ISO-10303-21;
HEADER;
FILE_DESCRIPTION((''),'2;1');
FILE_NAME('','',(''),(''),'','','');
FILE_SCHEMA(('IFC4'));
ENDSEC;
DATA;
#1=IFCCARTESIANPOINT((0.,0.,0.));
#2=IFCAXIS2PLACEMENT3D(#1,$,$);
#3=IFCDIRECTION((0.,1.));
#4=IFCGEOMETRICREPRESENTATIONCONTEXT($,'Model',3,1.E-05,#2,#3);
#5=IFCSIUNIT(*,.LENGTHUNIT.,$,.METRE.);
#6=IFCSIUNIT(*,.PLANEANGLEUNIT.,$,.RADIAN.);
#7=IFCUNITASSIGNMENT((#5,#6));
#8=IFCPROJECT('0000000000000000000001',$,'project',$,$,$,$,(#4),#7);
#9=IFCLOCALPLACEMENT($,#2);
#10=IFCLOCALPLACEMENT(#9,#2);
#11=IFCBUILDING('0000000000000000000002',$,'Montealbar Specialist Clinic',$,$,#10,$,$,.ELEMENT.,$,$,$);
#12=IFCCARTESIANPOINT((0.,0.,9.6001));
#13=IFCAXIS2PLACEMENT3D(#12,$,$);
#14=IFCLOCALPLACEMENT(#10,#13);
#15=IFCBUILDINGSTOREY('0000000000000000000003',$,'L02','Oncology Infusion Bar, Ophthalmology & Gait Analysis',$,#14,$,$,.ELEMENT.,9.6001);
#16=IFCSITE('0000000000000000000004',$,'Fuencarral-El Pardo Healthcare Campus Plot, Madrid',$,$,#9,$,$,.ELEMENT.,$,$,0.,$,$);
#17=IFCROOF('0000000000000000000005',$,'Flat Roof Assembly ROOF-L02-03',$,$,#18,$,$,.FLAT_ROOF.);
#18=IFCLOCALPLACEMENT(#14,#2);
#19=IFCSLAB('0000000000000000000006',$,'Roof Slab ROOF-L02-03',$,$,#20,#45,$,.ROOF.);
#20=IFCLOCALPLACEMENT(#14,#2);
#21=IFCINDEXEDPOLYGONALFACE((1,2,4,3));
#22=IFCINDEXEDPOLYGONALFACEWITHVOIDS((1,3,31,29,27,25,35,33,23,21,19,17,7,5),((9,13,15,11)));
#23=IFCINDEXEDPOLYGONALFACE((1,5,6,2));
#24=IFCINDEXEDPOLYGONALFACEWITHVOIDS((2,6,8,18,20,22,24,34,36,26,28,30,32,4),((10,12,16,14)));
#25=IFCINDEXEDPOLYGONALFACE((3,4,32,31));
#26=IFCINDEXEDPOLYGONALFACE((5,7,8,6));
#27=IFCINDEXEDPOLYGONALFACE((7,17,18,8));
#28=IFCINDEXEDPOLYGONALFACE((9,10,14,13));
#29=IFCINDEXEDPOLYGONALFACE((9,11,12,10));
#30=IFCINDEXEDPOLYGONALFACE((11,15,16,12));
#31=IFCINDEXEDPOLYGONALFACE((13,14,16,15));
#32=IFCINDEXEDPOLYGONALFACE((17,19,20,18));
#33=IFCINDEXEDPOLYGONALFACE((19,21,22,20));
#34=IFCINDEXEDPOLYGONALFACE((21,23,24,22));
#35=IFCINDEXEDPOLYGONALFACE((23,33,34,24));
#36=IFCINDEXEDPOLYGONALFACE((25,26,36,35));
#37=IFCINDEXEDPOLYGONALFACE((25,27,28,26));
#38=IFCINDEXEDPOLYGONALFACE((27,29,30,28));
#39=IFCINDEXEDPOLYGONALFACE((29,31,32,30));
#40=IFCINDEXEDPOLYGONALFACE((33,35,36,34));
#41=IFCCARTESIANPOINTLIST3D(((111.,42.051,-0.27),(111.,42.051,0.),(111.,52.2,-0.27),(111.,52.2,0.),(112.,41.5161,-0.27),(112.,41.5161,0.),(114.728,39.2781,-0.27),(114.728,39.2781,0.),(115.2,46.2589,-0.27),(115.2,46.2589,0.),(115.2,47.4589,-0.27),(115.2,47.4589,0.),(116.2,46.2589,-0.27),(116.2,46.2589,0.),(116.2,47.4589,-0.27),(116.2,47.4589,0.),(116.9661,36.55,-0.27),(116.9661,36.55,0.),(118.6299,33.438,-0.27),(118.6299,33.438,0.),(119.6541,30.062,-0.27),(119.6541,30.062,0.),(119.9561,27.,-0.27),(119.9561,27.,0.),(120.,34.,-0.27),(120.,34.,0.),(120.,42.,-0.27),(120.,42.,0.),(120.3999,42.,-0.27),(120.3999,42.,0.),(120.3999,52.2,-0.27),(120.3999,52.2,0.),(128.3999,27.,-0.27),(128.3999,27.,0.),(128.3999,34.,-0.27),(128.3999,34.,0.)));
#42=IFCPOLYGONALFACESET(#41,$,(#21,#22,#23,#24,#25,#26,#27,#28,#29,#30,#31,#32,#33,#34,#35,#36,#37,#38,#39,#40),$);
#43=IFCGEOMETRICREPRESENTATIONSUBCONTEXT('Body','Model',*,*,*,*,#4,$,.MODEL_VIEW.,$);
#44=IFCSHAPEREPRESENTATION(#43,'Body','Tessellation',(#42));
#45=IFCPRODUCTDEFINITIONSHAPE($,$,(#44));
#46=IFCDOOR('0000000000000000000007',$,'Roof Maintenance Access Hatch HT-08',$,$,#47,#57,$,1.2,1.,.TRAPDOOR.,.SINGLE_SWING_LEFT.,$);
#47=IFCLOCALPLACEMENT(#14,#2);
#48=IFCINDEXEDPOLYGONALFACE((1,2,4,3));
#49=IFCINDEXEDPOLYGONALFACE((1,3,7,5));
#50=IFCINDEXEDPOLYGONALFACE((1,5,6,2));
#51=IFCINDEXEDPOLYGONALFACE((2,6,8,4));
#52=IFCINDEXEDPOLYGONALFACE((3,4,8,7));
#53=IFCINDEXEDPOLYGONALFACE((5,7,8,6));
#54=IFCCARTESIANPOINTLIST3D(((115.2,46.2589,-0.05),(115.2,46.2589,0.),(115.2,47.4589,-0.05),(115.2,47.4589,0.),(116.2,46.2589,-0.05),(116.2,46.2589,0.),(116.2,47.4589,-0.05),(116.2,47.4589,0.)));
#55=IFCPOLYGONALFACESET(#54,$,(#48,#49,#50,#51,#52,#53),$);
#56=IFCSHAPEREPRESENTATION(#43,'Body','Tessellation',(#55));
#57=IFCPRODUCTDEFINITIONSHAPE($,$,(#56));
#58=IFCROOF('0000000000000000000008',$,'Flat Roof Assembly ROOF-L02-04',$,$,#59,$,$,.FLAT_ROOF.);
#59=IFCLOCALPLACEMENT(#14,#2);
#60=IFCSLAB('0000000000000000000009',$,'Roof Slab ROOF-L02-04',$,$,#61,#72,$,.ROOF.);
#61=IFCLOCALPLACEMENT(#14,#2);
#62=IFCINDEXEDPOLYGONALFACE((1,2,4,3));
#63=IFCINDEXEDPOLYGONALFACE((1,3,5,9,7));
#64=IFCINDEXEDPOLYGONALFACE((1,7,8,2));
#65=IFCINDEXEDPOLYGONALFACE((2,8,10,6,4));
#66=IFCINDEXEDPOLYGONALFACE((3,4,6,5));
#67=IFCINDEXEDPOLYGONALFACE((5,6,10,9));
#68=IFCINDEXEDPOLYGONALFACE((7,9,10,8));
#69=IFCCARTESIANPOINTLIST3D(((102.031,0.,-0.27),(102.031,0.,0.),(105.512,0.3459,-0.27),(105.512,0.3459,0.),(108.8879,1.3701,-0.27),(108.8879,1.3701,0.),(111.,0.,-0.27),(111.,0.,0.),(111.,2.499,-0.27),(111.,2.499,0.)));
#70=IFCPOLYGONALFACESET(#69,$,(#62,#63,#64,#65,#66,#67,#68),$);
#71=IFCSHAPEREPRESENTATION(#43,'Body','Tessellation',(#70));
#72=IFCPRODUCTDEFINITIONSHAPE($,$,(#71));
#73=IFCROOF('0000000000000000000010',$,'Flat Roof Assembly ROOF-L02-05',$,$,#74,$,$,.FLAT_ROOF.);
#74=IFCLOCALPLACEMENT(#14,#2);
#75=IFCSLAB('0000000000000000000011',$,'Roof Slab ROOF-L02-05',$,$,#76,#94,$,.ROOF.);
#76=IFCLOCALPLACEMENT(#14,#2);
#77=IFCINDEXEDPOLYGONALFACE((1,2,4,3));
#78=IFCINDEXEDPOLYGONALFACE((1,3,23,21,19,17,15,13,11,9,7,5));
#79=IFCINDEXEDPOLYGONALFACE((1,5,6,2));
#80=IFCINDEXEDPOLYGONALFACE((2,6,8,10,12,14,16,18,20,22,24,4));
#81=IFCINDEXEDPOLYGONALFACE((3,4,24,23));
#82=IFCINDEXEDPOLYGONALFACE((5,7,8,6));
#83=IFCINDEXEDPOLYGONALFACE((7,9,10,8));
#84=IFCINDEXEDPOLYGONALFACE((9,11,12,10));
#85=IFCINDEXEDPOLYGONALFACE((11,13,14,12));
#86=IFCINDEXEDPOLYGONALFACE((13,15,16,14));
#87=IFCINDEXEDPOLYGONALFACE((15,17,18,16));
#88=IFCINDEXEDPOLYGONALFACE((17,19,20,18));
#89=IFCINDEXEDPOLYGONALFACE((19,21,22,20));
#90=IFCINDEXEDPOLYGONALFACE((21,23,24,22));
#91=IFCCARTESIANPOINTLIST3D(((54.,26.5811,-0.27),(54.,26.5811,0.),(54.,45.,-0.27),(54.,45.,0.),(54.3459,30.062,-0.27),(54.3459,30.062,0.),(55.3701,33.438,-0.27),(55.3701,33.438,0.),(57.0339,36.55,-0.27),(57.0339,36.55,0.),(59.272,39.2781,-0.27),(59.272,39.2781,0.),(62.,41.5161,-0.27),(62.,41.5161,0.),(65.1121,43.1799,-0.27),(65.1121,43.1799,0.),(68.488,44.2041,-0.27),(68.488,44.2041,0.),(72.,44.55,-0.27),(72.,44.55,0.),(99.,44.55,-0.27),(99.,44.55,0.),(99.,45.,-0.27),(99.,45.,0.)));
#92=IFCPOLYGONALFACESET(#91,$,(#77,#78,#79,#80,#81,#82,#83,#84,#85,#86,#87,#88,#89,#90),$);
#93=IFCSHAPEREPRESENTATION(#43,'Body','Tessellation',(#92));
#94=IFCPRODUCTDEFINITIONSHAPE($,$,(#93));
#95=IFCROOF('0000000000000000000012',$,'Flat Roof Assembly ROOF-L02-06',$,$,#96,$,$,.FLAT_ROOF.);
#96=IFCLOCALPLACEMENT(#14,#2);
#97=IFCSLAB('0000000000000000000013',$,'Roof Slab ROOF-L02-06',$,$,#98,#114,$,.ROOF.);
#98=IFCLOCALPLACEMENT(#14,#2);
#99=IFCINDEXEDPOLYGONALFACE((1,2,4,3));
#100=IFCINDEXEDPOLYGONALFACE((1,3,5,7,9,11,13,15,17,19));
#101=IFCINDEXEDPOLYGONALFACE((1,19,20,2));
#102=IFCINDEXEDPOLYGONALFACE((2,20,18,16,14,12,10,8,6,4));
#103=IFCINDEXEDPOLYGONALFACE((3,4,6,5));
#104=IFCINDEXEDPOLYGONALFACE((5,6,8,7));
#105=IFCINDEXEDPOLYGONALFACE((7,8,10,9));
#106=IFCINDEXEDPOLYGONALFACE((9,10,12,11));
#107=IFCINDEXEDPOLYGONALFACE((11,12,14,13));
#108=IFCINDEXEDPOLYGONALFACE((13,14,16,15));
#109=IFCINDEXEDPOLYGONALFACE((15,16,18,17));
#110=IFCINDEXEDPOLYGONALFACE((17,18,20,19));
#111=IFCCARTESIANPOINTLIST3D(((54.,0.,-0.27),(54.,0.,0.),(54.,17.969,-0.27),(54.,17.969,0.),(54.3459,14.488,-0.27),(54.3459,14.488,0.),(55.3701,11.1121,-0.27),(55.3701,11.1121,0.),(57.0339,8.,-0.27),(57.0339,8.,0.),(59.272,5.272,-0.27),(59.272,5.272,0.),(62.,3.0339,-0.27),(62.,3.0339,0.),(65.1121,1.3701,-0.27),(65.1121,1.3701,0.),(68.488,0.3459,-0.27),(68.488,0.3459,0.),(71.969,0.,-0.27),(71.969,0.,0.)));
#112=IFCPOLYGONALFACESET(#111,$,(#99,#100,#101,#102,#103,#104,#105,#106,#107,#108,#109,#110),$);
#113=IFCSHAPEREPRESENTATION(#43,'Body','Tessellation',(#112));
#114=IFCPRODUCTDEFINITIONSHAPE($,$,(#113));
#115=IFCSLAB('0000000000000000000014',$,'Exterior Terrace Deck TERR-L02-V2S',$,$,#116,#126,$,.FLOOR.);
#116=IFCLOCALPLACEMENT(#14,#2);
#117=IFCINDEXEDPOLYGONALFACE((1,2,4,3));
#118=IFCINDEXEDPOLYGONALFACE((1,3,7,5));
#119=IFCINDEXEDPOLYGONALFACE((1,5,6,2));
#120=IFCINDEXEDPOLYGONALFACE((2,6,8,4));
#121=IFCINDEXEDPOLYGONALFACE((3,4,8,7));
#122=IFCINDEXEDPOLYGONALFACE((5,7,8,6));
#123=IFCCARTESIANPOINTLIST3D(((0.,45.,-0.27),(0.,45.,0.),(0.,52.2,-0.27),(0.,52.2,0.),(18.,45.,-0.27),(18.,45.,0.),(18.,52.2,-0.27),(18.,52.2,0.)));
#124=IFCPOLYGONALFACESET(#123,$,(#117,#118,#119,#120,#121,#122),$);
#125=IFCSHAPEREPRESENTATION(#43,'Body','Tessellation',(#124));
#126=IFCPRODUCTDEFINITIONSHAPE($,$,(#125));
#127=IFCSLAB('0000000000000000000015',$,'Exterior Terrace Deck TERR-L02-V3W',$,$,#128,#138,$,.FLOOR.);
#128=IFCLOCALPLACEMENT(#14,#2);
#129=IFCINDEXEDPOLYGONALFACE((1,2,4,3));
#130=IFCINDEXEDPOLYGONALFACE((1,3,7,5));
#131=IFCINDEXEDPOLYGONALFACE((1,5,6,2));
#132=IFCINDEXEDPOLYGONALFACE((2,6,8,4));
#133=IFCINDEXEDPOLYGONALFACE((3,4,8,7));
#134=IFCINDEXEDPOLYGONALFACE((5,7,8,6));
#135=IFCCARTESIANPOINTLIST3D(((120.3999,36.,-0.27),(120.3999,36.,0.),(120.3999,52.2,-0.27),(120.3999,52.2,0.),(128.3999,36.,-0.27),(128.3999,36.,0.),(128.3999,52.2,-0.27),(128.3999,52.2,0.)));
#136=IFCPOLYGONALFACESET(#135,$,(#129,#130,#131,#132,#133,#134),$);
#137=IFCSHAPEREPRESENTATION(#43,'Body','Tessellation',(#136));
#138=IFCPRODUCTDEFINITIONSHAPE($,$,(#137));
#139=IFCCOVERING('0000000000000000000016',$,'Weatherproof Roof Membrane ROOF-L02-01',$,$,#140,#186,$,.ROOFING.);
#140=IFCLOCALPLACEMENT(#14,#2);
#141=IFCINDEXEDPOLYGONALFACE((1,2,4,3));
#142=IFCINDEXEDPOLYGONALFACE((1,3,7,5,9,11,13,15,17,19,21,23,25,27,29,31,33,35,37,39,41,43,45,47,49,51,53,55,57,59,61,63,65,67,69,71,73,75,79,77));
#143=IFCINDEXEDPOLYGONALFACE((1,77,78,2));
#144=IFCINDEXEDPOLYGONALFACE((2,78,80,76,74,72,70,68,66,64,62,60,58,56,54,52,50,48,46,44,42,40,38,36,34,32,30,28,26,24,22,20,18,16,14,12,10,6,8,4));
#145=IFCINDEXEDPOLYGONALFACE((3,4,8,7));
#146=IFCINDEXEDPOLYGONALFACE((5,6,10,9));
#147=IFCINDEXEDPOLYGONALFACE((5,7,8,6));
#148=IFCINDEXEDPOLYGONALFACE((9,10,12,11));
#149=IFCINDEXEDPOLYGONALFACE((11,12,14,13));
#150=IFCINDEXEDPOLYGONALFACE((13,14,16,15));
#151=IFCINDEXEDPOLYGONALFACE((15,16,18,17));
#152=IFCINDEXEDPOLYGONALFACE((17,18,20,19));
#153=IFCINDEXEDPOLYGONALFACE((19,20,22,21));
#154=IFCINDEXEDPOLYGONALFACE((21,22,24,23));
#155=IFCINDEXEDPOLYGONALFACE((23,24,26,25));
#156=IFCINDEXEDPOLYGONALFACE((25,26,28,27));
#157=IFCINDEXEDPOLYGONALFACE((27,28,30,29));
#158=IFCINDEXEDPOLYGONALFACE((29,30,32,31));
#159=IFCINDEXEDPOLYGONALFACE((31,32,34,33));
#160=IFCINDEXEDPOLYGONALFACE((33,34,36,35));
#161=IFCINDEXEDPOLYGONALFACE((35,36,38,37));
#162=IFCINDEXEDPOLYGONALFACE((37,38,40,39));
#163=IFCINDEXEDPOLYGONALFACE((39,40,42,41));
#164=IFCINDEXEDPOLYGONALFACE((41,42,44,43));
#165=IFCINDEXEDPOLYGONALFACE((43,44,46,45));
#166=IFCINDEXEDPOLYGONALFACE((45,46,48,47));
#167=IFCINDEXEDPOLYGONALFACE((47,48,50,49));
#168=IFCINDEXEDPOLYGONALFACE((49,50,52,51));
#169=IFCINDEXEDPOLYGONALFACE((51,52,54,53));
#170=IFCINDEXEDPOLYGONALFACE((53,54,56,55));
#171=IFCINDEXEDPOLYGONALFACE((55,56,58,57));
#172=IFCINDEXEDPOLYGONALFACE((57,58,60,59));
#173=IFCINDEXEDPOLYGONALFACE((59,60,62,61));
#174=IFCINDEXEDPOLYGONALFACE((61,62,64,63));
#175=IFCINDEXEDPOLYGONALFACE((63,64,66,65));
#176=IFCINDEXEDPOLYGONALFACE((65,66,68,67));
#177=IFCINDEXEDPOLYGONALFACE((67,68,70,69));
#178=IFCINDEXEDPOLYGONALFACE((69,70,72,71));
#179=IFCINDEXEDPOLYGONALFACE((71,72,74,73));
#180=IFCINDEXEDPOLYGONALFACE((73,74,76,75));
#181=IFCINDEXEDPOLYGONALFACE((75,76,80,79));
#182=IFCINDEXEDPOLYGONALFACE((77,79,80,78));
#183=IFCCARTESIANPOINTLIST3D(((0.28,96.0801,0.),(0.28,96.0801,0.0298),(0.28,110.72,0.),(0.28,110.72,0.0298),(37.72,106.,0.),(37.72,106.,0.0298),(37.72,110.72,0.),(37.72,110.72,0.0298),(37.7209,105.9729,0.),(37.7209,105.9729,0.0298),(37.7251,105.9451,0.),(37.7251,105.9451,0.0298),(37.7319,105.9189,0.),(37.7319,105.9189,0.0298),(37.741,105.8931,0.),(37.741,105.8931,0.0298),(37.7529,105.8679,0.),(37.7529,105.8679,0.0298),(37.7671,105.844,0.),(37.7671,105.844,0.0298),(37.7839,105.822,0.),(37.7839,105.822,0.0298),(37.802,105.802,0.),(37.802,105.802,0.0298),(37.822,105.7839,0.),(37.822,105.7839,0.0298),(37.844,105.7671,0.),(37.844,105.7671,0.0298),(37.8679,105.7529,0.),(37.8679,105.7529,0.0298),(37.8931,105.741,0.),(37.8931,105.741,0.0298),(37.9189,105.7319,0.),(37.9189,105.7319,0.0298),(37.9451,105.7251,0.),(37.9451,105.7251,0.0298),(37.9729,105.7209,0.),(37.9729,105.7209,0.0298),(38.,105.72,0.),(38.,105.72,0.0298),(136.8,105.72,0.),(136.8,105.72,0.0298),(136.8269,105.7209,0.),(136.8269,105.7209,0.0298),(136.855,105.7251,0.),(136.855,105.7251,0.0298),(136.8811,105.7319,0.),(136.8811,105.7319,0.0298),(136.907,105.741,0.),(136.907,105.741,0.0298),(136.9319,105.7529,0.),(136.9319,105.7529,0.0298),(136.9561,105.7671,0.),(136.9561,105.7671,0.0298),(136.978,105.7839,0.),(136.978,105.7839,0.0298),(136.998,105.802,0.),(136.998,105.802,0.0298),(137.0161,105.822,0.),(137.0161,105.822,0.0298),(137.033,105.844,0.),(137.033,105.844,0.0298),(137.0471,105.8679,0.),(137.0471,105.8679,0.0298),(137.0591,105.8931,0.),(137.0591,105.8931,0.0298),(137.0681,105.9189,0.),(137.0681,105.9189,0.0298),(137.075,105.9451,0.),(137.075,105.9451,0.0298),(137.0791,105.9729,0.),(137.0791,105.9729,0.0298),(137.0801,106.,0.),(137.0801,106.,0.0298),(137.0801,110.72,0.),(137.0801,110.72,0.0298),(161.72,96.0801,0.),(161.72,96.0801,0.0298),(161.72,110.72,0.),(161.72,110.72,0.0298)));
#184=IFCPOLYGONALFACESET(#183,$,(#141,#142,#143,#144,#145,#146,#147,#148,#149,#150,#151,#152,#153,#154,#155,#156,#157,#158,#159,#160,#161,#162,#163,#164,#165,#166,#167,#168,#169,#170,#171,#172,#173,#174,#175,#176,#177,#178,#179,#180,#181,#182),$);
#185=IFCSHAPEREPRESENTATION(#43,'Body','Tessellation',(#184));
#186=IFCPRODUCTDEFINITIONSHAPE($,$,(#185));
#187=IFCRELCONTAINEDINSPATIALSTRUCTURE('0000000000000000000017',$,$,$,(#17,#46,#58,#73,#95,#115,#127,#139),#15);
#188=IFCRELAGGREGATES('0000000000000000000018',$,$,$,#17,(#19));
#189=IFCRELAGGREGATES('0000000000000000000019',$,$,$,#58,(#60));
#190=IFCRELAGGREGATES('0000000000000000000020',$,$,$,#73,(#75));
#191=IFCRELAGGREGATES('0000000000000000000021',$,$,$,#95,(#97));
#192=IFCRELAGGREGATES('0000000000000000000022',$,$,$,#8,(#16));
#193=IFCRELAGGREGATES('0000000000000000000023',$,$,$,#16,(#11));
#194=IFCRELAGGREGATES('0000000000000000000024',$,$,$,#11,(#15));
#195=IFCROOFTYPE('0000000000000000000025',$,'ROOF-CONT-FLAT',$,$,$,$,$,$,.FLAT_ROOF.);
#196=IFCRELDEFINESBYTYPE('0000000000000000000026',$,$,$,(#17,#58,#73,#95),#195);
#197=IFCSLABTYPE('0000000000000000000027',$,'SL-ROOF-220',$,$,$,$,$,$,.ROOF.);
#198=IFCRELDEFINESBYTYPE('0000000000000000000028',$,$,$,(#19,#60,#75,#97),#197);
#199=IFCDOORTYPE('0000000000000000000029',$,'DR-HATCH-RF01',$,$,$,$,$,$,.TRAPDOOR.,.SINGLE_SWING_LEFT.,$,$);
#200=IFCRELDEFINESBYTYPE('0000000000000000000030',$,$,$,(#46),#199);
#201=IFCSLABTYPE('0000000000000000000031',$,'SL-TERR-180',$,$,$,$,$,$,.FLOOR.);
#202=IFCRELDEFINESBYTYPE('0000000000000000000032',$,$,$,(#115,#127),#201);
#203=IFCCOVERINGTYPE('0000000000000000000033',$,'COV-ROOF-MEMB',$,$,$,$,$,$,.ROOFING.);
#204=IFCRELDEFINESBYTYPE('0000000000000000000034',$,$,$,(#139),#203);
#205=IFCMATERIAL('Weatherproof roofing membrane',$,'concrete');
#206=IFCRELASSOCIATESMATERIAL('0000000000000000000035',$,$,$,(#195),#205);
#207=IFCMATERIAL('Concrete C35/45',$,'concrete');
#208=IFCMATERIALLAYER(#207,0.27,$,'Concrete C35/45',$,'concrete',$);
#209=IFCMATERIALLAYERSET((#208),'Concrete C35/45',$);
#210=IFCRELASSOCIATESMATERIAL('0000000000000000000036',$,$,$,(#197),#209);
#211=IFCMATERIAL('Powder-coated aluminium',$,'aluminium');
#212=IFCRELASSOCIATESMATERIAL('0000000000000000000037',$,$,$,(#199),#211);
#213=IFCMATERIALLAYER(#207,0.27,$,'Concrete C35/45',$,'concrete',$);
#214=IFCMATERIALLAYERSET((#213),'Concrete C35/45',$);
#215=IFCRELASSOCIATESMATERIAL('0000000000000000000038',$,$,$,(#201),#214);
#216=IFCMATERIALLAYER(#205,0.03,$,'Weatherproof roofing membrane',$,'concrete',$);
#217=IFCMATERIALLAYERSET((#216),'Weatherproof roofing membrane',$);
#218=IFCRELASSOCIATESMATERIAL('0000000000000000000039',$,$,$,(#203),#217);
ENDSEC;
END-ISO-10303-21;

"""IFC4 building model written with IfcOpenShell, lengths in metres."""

from ifc_helpers import new_model, si_unit, direction, frame, origin, origin_2d, place, context, subcontext, project, spatial, polyline, rectangle, outline, extrude, material, layer, layer_set, type_object, element, fill, aggregate, save


model = new_model("IFC4")

# Units and contexts
model_context = context("Model", 3, precision=1e-05, world=origin(), true_north=direction((0.0, 1.0)))
body_context = subcontext(model_context, "Body", "Model", "MODEL_VIEW")
ifc_project = project(units=[si_unit("LENGTHUNIT", "METRE"), si_unit("PLANEANGLEUNIT", "RADIAN")], contexts=[model_context])

# Site, building, storey
site_placement = place(None, origin())
site = spatial("IfcSite", under=ifc_project, at=site_placement, Name="Fuencarral-El Pardo Healthcare Campus Plot, Madrid", CompositionType="ELEMENT", RefElevation=0.0)
building_placement = place(site_placement, origin())
building = spatial("IfcBuilding", under=site, at=building_placement, Name="Montealbar Specialist Clinic", CompositionType="ELEMENT")
storey_placement = place(building_placement, frame((0.0, 0.0, 9.6001)))
storey = spatial("IfcBuildingStorey", under=building, at=storey_placement, Name="L02", Description="Oncology Infusion Bar, Ophthalmology & Gait Analysis", CompositionType="ELEMENT", Elevation=9.6001)

# Shared definitions
ifc_material_1 = material(Name="Concrete C35/45", Category="concrete")

# Roof, slab, opening, door
ifc_material_2 = material(Name="Weatherproof roofing membrane", Category="concrete")
roof_type = type_object("IfcRoofType", Name="ROOF-CONT-FLAT", PredefinedType="FLAT_ROOF", material=ifc_material_2)
ifc_layer_1 = layer(ifc_material_1, 0.27, Name="Concrete C35/45", Category="concrete")
ifc_layer_set_1 = layer_set([ifc_layer_1], Name="Concrete C35/45")
slab_type_1 = type_object("IfcSlabType", Name="SL-ROOF-220", PredefinedType="ROOF", material=ifc_layer_set_1)
ifc_material_3 = material(Name="Powder-coated aluminium", Category="aluminium")
door_type = type_object("IfcDoorType", Name="DR-HATCH-RF01", OperationType="SINGLE_SWING_LEFT", PredefinedType="TRAPDOOR", material=ifc_material_3)
roof_1_placement = place(storey_placement, origin())
roof_1 = element("IfcRoof", 1, at=roof_1_placement, inside=storey, type_object=roof_type, Name="Flat Roof Assembly ROOF-L02-03", PredefinedType="FLAT_ROOF")
slab_1_placement = place(storey_placement, frame((0.0, 0.0, -0.27)))
slab_1 = element("IfcSlab", 2, at=slab_1_placement, type_object=slab_type_1, Name="Roof Slab ROOF-L02-03", PredefinedType="ROOF", context=body_context, shape_type="SweptSolid", body=[
    extrude(outline(polyline([(120.0, 42.0), (120.0, 34.0), (128.3999, 34.0), (128.3999, 27.0), (119.9561, 27.0), (119.6541, 30.062), (118.6299, 33.438), (116.9661, 36.55), (114.728, 39.2781), (112.0, 41.5161), (111.0, 42.051), (111.0, 52.2), (120.3999, 52.2), (120.3999, 42.0), (120.0, 42.0)]), holes=[polyline([(116.1899, 47.449), (115.21, 47.449), (115.21, 46.269), (116.1899, 46.269), (116.1899, 47.449)])]), origin(), (0.0, 0.0, 1.0), 0.27),
])
opening_1_placement = place(slab_1_placement, frame((115.7, 46.8589, -0.01)))
opening_1 = element("IfcOpeningElement", 3, at=opening_1_placement, cuts=slab_1, PredefinedType="OPENING", context=body_context, shape_type="SweptSolid", body=[
    extrude(rectangle(XDim=1.0, YDim=1.2, at=origin_2d()), origin(), (0.0, 0.0, 1.0), 0.29),
])
door_1_placement = place(slab_1_placement, frame((115.7, 46.8589, 0.22)))
door_1 = element("IfcDoor", 4, at=door_1_placement, inside=storey, type_object=door_type, Name="Roof Maintenance Access Hatch HT-08", OperationType="SINGLE_SWING_LEFT", OverallHeight=1.2, OverallWidth=1.0, PredefinedType="TRAPDOOR", context=body_context, shape_type="SweptSolid", body=[
    extrude(rectangle(XDim=1.0, YDim=1.2, at=origin_2d()), origin(), (0.0, 0.0, 1.0), 0.05),
])
fill(opening_1, door_1)
aggregate(roof_1, [slab_1])

# Roofs, slabs
roof_2_placement = place(storey_placement, origin())
roof_2 = element("IfcRoof", 5, at=roof_2_placement, inside=storey, type_object=roof_type, Name="Flat Roof Assembly ROOF-L02-04", PredefinedType="FLAT_ROOF")
slab_2_placement = place(storey_placement, frame((0.0, 0.0, -0.27)))
slab_2 = element("IfcSlab", 6, at=slab_2_placement, type_object=slab_type_1, Name="Roof Slab ROOF-L02-04", PredefinedType="ROOF", context=body_context, shape_type="SweptSolid", body=[
    extrude(outline(polyline([(105.512, 0.3459), (108.8879, 1.3701), (111.0, 2.499), (111.0, 0.0), (102.031, 0.0), (105.512, 0.3459)])), origin(), (0.0, 0.0, 1.0), 0.27),
])
aggregate(roof_2, [slab_2])
roof_3_placement = place(storey_placement, origin())
roof_3 = element("IfcRoof", 7, at=roof_3_placement, inside=storey, type_object=roof_type, Name="Flat Roof Assembly ROOF-L02-05", PredefinedType="FLAT_ROOF")
slab_3_placement = place(storey_placement, frame((0.0, 0.0, -0.27)))
slab_3 = element("IfcSlab", 8, at=slab_3_placement, type_object=slab_type_1, Name="Roof Slab ROOF-L02-05", PredefinedType="ROOF", context=body_context, shape_type="SweptSolid", body=[
    extrude(outline(polyline([(99.0, 44.55), (72.0, 44.55), (68.488, 44.2041), (65.1121, 43.1799), (62.0, 41.5161), (59.272, 39.2781), (57.0339, 36.55), (55.3701, 33.438), (54.3459, 30.062), (54.0, 26.5811), (54.0, 45.0), (99.0, 45.0), (99.0, 44.55)])), origin(), (0.0, 0.0, 1.0), 0.27),
])
aggregate(roof_3, [slab_3])
roof_4_placement = place(storey_placement, origin())
roof_4 = element("IfcRoof", 9, at=roof_4_placement, inside=storey, type_object=roof_type, Name="Flat Roof Assembly ROOF-L02-06", PredefinedType="FLAT_ROOF")
slab_4_placement = place(storey_placement, frame((0.0, 0.0, -0.27)))
slab_4 = element("IfcSlab", 10, at=slab_4_placement, type_object=slab_type_1, Name="Roof Slab ROOF-L02-06", PredefinedType="ROOF", context=body_context, shape_type="SweptSolid", body=[
    extrude(outline(polyline([(54.3459, 14.488), (55.3701, 11.1121), (57.0339, 8.0), (59.272, 5.272), (62.0, 3.0339), (65.1121, 1.3701), (68.488, 0.3459), (71.969, 0.0), (54.0, 0.0), (54.0, 17.969), (54.3459, 14.488)])), origin(), (0.0, 0.0, 1.0), 0.27),
])
aggregate(roof_4, [slab_4])

# Slabs
ifc_layer_2 = layer(ifc_material_1, 0.27, Name="Concrete C35/45", Category="concrete")
ifc_layer_set_2 = layer_set([ifc_layer_2], Name="Concrete C35/45")
slab_type_2 = type_object("IfcSlabType", Name="SL-TERR-180", PredefinedType="FLOOR", material=ifc_layer_set_2)
slab_5_placement = place(storey_placement, frame((0.0, 0.0, -0.27)))
element("IfcSlab", 11, at=slab_5_placement, inside=storey, type_object=slab_type_2, Name="Exterior Terrace Deck TERR-L02-V2S", PredefinedType="FLOOR", context=body_context, shape_type="SweptSolid", body=[
    extrude(outline(polyline([(0.0, 45.0), (18.0, 45.0), (18.0, 52.2), (0.0, 52.2), (0.0, 45.0)])), origin(), (0.0, 0.0, 1.0), 0.27),
])
slab_6_placement = place(storey_placement, frame((0.0, 0.0, -0.27)))
element("IfcSlab", 12, at=slab_6_placement, inside=storey, type_object=slab_type_2, Name="Exterior Terrace Deck TERR-L02-V3W", PredefinedType="FLOOR", context=body_context, shape_type="SweptSolid", body=[
    extrude(outline(polyline([(120.3999, 36.0), (128.3999, 36.0), (128.3999, 52.2), (120.3999, 52.2), (120.3999, 36.0)])), origin(), (0.0, 0.0, 1.0), 0.27),
])

# Covering
ifc_layer_3 = layer(ifc_material_2, 0.03, Name="Weatherproof roofing membrane", Category="concrete")
ifc_layer_set_3 = layer_set([ifc_layer_3], Name="Weatherproof roofing membrane")
covering_type = type_object("IfcCoveringType", Name="COV-ROOF-MEMB", PredefinedType="ROOFING", material=ifc_layer_set_3)
covering_1_placement = place(storey_placement, origin())
element("IfcCovering", 13, at=covering_1_placement, inside=storey, type_object=covering_type, Name="Weatherproof Roof Membrane ROOF-L02-01", PredefinedType="ROOFING", context=body_context, shape_type="SweptSolid", body=[
    extrude(outline(polyline([(37.72, 110.72), (37.72, 106.0), (37.7209, 105.9729), (37.7251, 105.9451), (37.7319, 105.9189), (37.741, 105.8931), (37.7529, 105.8679), (37.7671, 105.844), (37.7839, 105.822), (37.802, 105.802), (37.822, 105.7839), (37.844, 105.7671), (37.8679, 105.7529), (37.8931, 105.741), (37.9189, 105.7319), (37.9451, 105.7251), (37.9729, 105.7209), (38.0, 105.72), (136.8, 105.72), (136.8269, 105.7209), (136.855, 105.7251), (136.8811, 105.7319), (136.907, 105.741), (136.9319, 105.7529), (136.9561, 105.7671), (136.978, 105.7839), (136.998, 105.802), (137.0161, 105.822), (137.033, 105.844), (137.0471, 105.8679), (137.0591, 105.8931), (137.0681, 105.9189), (137.075, 105.9451), (137.0791, 105.9729), (137.0801, 106.0), (137.0801, 110.72), (161.72, 110.72), (161.72, 96.0801), (0.28, 96.0801), (0.28, 110.72), (37.72, 110.72)])), origin(), (0.0, 0.0, 1.0), 0.0298),
])

save(model, "model.ifc")
